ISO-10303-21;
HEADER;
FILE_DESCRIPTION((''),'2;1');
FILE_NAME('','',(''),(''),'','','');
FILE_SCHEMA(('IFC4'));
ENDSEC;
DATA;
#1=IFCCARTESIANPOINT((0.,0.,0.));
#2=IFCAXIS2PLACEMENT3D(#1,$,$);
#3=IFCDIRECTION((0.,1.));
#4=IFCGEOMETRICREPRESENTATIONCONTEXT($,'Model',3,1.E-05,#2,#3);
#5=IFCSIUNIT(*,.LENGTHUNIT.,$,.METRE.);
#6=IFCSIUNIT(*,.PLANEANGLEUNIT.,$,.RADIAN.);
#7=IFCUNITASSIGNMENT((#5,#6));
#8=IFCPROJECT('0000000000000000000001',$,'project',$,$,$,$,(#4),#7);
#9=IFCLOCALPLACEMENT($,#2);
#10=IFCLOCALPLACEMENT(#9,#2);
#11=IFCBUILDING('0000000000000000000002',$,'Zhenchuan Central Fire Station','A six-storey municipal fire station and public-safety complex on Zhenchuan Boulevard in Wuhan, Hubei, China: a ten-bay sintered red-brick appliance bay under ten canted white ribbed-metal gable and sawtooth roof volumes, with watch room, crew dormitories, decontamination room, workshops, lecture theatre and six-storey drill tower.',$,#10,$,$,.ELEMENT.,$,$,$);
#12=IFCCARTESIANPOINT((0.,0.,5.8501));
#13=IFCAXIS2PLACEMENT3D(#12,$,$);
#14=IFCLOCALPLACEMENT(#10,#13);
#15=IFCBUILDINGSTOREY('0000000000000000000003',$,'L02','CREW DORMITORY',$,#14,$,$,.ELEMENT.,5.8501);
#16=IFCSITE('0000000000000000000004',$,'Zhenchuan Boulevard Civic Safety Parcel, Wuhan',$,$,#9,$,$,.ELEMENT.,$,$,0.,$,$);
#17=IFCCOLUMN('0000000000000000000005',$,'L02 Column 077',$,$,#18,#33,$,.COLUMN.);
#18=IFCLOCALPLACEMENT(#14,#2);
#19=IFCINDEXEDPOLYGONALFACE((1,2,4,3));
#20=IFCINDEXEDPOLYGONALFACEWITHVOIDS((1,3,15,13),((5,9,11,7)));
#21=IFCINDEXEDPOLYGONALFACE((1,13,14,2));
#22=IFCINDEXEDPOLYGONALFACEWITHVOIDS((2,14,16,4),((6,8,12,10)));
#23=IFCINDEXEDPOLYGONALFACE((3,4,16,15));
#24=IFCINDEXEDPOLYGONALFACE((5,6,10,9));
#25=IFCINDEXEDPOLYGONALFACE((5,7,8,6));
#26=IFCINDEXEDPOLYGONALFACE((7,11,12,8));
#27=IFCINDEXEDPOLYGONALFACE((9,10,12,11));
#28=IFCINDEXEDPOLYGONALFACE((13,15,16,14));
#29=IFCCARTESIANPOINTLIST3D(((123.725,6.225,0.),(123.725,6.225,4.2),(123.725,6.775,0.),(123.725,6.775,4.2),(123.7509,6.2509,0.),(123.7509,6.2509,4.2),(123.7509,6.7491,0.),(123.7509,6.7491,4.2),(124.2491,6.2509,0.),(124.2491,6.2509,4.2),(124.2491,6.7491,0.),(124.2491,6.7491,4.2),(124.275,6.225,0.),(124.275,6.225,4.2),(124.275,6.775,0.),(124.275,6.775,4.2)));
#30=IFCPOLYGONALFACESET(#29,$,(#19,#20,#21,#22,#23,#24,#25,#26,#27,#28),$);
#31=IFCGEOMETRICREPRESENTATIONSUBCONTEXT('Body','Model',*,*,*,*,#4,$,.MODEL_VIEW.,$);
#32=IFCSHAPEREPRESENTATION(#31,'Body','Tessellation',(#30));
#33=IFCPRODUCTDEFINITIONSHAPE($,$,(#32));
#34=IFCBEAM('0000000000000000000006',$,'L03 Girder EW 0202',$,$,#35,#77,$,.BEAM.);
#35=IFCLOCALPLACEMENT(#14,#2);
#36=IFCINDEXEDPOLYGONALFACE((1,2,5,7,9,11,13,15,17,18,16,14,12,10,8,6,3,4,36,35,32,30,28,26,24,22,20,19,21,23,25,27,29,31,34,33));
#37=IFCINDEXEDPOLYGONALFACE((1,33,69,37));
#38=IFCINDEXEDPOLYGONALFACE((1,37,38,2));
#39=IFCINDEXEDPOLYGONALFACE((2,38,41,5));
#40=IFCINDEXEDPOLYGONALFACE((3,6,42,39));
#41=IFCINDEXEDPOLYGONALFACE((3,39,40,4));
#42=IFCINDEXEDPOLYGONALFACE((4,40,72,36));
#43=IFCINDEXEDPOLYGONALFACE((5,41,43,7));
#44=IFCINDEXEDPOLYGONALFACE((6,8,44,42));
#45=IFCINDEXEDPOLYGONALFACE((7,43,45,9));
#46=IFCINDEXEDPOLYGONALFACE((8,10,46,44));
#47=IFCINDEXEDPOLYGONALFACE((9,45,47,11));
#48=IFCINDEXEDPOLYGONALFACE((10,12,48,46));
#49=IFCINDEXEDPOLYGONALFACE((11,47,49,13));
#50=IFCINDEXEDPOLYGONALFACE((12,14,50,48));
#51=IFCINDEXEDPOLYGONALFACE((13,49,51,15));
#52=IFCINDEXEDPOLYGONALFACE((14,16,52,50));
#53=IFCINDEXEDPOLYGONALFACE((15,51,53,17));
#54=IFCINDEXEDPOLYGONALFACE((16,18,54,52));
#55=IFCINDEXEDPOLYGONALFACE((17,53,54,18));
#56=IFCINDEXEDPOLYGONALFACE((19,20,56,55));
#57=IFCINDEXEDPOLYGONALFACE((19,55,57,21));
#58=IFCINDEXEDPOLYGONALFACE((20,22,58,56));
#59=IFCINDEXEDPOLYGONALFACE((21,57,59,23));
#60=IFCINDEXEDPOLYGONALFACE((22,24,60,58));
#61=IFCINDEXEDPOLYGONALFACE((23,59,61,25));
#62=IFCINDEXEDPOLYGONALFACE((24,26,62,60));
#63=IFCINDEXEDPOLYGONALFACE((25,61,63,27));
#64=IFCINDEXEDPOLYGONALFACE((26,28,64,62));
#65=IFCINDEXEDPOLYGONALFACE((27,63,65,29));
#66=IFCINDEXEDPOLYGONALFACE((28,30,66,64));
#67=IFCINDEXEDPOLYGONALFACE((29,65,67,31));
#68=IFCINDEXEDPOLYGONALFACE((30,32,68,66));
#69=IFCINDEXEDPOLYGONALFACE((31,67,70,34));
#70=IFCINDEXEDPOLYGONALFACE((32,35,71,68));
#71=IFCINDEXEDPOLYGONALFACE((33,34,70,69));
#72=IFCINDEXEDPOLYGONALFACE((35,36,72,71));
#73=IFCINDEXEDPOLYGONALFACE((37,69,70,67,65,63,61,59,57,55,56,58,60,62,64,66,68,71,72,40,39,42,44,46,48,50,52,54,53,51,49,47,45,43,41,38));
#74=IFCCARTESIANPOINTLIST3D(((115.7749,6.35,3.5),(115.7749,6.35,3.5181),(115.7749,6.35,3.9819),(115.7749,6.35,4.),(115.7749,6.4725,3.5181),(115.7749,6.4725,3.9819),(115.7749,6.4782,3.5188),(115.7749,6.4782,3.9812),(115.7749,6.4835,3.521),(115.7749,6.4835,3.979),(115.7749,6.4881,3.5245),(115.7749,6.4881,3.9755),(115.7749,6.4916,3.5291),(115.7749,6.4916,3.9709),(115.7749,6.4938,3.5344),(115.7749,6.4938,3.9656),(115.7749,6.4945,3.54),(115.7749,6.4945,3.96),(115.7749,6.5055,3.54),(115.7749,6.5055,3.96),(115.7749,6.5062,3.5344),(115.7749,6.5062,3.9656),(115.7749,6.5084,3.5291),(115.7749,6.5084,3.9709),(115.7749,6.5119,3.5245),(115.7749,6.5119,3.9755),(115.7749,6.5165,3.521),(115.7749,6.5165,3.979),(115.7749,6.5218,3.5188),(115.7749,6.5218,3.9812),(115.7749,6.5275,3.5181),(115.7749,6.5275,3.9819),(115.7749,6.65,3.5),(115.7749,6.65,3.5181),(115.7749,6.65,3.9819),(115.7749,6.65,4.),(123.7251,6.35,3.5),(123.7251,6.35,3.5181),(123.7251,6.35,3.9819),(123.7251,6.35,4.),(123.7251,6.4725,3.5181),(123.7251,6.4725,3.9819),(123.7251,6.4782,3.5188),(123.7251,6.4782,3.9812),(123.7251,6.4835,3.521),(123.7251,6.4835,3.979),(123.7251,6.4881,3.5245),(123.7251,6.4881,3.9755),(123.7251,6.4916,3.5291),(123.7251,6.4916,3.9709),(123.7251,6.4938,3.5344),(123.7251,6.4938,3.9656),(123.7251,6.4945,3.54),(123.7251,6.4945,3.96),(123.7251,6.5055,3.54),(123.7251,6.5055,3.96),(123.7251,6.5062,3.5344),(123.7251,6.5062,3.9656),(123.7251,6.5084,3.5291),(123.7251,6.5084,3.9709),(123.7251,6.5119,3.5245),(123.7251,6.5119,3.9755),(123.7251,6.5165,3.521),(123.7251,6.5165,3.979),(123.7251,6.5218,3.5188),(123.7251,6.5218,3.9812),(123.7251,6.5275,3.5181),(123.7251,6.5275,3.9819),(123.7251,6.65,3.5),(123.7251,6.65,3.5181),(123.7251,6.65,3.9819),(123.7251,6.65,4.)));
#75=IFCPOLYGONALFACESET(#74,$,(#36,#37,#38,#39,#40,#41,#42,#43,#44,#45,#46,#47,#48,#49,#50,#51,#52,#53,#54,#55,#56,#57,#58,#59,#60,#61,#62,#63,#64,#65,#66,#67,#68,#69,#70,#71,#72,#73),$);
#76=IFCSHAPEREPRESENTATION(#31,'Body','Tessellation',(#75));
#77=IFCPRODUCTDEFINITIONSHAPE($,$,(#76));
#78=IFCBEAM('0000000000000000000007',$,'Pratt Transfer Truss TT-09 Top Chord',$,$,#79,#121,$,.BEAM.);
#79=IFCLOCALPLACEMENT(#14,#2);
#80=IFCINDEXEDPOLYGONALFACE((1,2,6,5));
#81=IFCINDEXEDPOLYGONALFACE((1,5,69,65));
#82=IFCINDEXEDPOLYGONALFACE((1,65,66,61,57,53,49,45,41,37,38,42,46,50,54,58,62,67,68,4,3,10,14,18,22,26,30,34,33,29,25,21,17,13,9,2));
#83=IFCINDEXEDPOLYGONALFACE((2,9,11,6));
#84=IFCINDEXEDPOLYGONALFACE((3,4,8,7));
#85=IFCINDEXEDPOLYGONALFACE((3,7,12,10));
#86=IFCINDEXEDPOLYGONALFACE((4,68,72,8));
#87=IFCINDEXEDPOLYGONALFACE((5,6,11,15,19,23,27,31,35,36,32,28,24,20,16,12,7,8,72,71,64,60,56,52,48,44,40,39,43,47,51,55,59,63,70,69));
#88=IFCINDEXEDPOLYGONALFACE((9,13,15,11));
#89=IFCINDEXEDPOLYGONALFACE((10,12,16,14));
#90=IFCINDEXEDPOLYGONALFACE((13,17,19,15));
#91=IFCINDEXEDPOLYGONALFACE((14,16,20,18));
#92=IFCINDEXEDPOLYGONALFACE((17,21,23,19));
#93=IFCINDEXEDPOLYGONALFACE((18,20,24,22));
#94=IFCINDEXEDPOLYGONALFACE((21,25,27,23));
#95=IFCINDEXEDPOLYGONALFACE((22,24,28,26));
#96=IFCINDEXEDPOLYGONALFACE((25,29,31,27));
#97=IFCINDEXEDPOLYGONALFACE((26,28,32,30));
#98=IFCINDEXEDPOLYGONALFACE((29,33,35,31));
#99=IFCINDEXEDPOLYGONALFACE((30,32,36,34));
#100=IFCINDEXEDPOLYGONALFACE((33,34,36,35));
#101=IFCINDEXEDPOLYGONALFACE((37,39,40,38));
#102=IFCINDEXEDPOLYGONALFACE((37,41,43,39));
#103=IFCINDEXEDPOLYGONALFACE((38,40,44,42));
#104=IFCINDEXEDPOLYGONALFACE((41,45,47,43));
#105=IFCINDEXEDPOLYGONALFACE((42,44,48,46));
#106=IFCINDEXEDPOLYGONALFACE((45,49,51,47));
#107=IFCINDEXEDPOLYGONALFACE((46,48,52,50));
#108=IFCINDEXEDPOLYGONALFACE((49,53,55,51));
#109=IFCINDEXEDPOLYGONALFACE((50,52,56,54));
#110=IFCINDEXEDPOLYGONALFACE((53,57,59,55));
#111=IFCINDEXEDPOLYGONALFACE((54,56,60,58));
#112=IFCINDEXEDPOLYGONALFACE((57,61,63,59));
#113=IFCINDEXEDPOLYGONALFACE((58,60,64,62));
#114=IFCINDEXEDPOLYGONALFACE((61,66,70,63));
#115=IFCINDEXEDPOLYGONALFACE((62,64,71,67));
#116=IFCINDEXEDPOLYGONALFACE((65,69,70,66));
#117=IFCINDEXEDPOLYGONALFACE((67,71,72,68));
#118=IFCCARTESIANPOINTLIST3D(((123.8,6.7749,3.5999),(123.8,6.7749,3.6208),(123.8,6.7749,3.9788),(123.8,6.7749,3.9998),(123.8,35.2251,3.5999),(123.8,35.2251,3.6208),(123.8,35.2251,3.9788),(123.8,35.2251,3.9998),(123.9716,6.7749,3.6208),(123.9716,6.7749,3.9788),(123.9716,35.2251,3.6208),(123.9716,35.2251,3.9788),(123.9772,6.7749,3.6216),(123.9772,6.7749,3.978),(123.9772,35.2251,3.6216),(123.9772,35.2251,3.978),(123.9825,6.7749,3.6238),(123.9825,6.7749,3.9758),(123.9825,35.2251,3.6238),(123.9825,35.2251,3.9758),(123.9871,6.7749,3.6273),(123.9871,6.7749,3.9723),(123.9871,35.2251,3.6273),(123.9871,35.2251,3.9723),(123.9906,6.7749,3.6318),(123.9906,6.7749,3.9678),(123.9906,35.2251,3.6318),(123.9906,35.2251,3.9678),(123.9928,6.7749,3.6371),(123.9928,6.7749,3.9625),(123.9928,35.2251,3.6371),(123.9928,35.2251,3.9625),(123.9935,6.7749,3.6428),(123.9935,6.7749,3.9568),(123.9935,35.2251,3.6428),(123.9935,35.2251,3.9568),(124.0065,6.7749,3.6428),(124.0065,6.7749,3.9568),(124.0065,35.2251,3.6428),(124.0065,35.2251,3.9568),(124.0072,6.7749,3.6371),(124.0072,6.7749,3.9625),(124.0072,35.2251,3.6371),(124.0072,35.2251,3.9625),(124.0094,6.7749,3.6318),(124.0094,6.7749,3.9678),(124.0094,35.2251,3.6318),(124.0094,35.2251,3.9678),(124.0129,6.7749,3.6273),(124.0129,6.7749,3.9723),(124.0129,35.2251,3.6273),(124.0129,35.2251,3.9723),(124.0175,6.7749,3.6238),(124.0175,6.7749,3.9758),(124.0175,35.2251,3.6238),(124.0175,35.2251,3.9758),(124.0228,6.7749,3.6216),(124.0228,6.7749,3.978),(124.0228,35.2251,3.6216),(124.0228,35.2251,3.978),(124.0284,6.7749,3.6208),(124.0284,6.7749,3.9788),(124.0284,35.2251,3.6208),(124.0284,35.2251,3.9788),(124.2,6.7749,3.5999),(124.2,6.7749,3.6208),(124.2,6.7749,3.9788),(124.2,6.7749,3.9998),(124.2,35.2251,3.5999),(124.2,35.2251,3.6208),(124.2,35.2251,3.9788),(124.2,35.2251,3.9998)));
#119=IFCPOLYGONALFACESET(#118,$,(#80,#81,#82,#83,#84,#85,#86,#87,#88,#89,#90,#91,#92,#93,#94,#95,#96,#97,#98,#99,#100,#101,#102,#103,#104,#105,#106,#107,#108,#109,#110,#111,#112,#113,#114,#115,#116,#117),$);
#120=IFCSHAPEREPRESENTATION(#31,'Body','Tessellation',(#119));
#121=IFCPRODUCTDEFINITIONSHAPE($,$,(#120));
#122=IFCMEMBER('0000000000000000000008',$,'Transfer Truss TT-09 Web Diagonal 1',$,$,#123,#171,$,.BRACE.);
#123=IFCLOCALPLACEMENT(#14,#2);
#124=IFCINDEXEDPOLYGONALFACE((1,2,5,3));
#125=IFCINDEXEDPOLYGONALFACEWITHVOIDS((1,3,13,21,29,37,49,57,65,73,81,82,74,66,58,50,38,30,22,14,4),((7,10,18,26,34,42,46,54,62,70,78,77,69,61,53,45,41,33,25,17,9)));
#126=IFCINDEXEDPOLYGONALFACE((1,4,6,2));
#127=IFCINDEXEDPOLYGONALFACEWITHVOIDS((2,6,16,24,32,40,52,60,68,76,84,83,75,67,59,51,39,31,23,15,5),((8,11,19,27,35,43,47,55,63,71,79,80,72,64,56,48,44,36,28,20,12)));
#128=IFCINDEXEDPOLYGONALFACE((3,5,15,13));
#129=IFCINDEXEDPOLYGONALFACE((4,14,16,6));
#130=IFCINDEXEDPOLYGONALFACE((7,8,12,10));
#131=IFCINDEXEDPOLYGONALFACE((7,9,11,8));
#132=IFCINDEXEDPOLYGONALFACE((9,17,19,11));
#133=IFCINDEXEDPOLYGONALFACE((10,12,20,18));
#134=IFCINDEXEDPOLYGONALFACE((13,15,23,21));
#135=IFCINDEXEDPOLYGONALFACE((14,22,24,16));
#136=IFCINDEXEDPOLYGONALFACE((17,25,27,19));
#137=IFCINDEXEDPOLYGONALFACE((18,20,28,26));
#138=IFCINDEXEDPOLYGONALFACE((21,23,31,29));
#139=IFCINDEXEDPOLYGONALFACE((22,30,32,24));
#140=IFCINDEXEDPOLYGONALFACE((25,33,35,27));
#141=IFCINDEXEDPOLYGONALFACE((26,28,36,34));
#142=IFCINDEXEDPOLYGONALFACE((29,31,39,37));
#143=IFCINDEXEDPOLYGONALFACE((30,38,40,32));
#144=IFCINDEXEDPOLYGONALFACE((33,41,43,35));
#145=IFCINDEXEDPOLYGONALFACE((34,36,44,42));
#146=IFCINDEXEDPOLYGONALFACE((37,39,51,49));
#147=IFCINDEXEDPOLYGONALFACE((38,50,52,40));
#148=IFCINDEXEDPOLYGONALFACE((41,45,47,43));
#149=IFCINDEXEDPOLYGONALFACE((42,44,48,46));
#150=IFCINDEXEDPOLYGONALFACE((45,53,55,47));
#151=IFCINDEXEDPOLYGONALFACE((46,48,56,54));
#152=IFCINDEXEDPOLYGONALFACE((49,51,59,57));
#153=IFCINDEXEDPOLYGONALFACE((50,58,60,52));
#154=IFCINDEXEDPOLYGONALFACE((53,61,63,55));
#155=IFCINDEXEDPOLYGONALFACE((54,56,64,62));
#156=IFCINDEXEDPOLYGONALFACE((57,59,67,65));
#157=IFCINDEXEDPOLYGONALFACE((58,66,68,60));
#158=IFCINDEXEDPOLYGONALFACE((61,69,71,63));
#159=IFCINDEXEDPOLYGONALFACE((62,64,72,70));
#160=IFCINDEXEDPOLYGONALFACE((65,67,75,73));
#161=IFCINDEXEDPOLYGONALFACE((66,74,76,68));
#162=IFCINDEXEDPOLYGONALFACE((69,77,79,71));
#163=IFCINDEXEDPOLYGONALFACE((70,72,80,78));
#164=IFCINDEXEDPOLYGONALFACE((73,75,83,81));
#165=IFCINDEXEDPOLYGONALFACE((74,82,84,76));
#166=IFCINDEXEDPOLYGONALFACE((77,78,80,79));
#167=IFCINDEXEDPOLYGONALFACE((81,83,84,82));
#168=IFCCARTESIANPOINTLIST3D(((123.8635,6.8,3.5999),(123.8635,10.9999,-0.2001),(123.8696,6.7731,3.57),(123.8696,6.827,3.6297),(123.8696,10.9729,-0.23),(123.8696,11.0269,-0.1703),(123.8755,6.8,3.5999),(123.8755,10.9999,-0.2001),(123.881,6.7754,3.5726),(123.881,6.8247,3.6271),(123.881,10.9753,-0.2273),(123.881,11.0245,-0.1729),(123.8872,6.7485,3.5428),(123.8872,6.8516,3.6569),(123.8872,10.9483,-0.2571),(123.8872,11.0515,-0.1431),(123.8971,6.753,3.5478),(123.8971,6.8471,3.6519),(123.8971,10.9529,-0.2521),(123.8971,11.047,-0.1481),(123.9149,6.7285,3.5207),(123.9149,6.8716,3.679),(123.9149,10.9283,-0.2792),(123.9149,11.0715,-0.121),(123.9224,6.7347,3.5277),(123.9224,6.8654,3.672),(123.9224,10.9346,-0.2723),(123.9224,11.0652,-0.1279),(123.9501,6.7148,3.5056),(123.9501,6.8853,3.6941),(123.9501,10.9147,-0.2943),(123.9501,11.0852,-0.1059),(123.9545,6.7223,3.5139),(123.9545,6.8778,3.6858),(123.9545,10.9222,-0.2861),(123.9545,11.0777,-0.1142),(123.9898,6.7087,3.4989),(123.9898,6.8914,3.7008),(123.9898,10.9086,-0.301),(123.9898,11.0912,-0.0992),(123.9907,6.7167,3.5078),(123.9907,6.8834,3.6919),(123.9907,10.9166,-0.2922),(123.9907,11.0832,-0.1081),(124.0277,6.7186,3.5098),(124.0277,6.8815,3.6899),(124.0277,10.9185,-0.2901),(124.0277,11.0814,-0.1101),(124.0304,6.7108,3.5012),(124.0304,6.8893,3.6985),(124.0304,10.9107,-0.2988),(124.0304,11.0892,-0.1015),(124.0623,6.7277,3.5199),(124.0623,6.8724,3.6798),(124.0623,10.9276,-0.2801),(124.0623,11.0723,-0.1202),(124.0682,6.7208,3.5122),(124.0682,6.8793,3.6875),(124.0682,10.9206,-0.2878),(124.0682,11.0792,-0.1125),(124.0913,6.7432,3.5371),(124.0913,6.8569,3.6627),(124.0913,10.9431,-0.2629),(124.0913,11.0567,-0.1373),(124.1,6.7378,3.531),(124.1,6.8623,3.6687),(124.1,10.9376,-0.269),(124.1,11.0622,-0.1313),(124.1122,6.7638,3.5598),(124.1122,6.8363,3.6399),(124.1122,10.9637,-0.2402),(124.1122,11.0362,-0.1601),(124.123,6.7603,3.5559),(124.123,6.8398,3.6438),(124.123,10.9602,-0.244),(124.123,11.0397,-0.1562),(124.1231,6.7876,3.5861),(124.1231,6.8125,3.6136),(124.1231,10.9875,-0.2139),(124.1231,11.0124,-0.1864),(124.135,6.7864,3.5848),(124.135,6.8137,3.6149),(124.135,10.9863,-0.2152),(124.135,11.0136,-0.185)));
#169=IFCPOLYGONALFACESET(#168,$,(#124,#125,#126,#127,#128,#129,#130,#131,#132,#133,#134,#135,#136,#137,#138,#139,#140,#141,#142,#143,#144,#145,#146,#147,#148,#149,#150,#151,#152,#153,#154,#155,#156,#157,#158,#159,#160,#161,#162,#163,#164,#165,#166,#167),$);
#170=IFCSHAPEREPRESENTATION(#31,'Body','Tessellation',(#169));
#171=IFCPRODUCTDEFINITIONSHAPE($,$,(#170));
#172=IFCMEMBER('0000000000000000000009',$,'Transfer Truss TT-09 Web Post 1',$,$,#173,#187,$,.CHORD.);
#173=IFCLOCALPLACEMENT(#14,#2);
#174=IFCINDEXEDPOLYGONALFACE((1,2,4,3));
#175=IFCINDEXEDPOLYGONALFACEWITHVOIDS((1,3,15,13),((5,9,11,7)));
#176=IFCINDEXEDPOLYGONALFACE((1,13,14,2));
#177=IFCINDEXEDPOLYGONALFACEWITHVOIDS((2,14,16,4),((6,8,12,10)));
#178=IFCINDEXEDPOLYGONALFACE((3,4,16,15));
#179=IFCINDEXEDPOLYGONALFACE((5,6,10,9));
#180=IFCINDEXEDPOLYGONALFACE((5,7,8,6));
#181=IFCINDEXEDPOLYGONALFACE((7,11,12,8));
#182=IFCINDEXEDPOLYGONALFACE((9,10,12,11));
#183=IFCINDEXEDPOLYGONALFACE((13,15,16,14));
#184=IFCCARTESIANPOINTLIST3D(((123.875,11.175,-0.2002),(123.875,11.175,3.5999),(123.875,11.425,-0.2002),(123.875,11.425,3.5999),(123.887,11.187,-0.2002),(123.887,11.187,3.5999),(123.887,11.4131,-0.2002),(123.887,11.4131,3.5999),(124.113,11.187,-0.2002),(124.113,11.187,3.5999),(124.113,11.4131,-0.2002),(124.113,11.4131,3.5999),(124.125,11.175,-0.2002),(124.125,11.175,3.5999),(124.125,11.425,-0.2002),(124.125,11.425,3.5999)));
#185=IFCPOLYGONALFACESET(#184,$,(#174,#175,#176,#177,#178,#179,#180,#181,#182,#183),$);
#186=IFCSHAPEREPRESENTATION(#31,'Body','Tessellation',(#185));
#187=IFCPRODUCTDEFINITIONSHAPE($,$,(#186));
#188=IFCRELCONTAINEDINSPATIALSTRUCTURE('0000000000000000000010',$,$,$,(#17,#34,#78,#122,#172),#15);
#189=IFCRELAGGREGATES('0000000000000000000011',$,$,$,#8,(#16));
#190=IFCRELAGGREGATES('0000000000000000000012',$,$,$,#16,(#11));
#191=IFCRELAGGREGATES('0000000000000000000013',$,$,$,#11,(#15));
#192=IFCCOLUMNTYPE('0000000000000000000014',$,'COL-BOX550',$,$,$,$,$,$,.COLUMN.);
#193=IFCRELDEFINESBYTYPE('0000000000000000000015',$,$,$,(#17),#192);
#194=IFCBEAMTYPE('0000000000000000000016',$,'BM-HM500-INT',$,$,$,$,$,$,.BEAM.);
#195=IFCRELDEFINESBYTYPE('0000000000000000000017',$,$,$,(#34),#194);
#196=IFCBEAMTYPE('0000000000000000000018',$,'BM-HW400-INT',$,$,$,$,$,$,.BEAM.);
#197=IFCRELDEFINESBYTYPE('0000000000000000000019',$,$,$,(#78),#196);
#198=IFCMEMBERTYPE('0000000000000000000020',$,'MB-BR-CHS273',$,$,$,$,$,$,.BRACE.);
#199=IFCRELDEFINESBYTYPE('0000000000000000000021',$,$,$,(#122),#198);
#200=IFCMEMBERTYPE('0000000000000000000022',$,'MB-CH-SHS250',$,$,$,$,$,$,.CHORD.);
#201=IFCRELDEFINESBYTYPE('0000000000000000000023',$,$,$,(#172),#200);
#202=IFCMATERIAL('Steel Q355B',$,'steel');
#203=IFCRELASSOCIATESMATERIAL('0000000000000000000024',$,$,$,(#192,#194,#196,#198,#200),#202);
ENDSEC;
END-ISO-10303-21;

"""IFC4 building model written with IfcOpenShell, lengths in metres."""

from ifc_helpers import new_model, si_unit, direction, frame, origin, origin_2d, place, context, subcontext, project, spatial, hollow_rectangle, hollow_circle, i_section, extrude, material, material_profile, profile_set, type_object, element, save


model = new_model("IFC4")

# Units and contexts
model_context = context("Model", 3, precision=1e-05, world=origin(), true_north=direction((0.0, 1.0)))
body_context = subcontext(model_context, "Body", "Model", "MODEL_VIEW")
ifc_project = project(units=[si_unit("LENGTHUNIT", "METRE"), si_unit("PLANEANGLEUNIT", "RADIAN")], contexts=[model_context])

# Site, building, storey
site_placement = place(None, origin())
site = spatial("IfcSite", under=ifc_project, at=site_placement, Name="Zhenchuan Boulevard Civic Safety Parcel, Wuhan", CompositionType="ELEMENT", RefElevation=0.0)
building_placement = place(site_placement, origin())
building = spatial("IfcBuilding", under=site, at=building_placement, Name="Zhenchuan Central Fire Station", Description="A six-storey municipal fire station and public-safety complex on Zhenchuan Boulevard in Wuhan, Hubei, China: a ten-bay sintered red-brick appliance bay under ten canted white ribbed-metal gable and sawtooth roof volumes, with watch room, crew dormitories, decontamination room, workshops, lecture theatre and six-storey drill tower.", CompositionType="ELEMENT")
storey_placement = place(building_placement, frame((0.0, 0.0, 5.8501)))
storey = spatial("IfcBuildingStorey", under=building, at=storey_placement, Name="L02", Description="CREW DORMITORY", CompositionType="ELEMENT", Elevation=5.8501)

# Column
ifc_material_1 = material(Name="Steel Q355B", Category="steel")
ifc_material_profile_1 = material_profile(ifc_material_1, hollow_rectangle(XDim=0.55, YDim=0.55, WallThickness=0.0259, at=origin_2d()), Name="BOX 550x550x26")
ifc_profile_set_1 = profile_set([ifc_material_profile_1], Name="Steel Q355B")
column_type = type_object("IfcColumnType", Name="COL-BOX550", PredefinedType="COLUMN", material=ifc_profile_set_1)
column_placement = place(storey_placement, frame((124.0, 6.5, 0.0), z_axis=(0.0, 0.0, 1.0), x_axis=(1.0, 0.0, 0.0)))
element("IfcColumn", 1, at=column_placement, inside=storey, type_object=column_type, Name="L02 Column 077", PredefinedType="COLUMN", context=body_context, shape_type="SweptSolid", body=[
    extrude(hollow_rectangle(XDim=0.55, YDim=0.55, WallThickness=0.0259, at=origin_2d()), origin(), (0.0, 0.0, 1.0), 4.2),
])

# Beams
ifc_material_profile_2 = material_profile(ifc_material_1, i_section(OverallWidth=0.3, OverallDepth=0.5, WebThickness=0.011, FlangeThickness=0.0181, FilletRadius=0.022, at=origin_2d()), Name="HM 500x300")
ifc_profile_set_2 = profile_set([ifc_material_profile_2], Name="Steel Q355B")
beam_type_1 = type_object("IfcBeamType", Name="BM-HM500-INT", PredefinedType="BEAM", material=ifc_profile_set_2)
beam_1_placement = place(storey_placement, frame((115.7749, 6.5, 3.75), z_axis=(1.0, 0.0, 0.0), x_axis=(0.0, 1.0, 0.0)))
element("IfcBeam", 2, at=beam_1_placement, inside=storey, type_object=beam_type_1, Name="L03 Girder EW 0202", PredefinedType="BEAM", context=body_context, shape_type="SweptSolid", body=[
    extrude(i_section(OverallWidth=0.3, OverallDepth=0.5, WebThickness=0.011, FlangeThickness=0.0181, FilletRadius=0.022, at=origin_2d()), origin(), (0.0, 0.0, 1.0), 7.9502),
])
ifc_material_profile_3 = material_profile(ifc_material_1, i_section(OverallWidth=0.3999, OverallDepth=0.3999, WebThickness=0.0129, FlangeThickness=0.021, FilletRadius=0.022, at=origin_2d()), Name="HW 400x400")
ifc_profile_set_3 = profile_set([ifc_material_profile_3], Name="Steel Q355B")
beam_type_2 = type_object("IfcBeamType", Name="BM-HW400-INT", PredefinedType="BEAM", material=ifc_profile_set_3)
beam_2_placement = place(storey_placement, frame((124.0, 6.7749, 3.7998), z_axis=(0.0, 1.0, 0.0), x_axis=(-1.0, 0.0, 0.0)))
element("IfcBeam", 3, at=beam_2_placement, inside=storey, type_object=beam_type_2, Name="Pratt Transfer Truss TT-09 Top Chord", PredefinedType="BEAM", context=body_context, shape_type="SweptSolid", body=[
    extrude(i_section(OverallWidth=0.3999, OverallDepth=0.3999, WebThickness=0.0129, FlangeThickness=0.021, FilletRadius=0.022, at=origin_2d()), origin(), (0.0, 0.0, 1.0), 28.4502),
])

# Members
ifc_material_profile_4 = material_profile(ifc_material_1, hollow_circle(Radius=0.1365, WallThickness=0.012, at=origin_2d()), Name="CHS 273x12")
ifc_profile_set_4 = profile_set([ifc_material_profile_4], Name="Steel Q355B")
member_type_1 = type_object("IfcMemberType", Name="MB-BR-CHS273", PredefinedType="BRACE", material=ifc_profile_set_4)
member_1_placement = place(storey_placement, frame((124.0, 6.8, 3.5999), z_axis=(0.0, 0.741528, -0.670922), x_axis=(-1.0, 0.0, 0.0)))
element("IfcMember", 4, at=member_1_placement, inside=storey, type_object=member_type_1, Name="Transfer Truss TT-09 Web Diagonal 1", PredefinedType="BRACE", context=body_context, shape_type="SweptSolid", body=[
    extrude(hollow_circle(Radius=0.1365, WallThickness=0.012, at=origin_2d()), origin(), (0.0, 0.0, 1.0), 5.6638),
])
ifc_material_profile_5 = material_profile(ifc_material_1, hollow_rectangle(XDim=0.25, YDim=0.25, WallThickness=0.012, at=origin_2d()), Name="SHS 250x250x12")
ifc_profile_set_5 = profile_set([ifc_material_profile_5], Name="Steel Q355B")
member_type_2 = type_object("IfcMemberType", Name="MB-CH-SHS250", PredefinedType="CHORD", material=ifc_profile_set_5)
member_2_placement = place(storey_placement, frame((124.0, 11.3, -0.2002), z_axis=(0.0, 0.0, 1.0), x_axis=(1.0, 0.0, 0.0)))
element("IfcMember", 5, at=member_2_placement, inside=storey, type_object=member_type_2, Name="Transfer Truss TT-09 Web Post 1", PredefinedType="CHORD", context=body_context, shape_type="SweptSolid", body=[
    extrude(hollow_rectangle(XDim=0.25, YDim=0.25, WallThickness=0.012, at=origin_2d()), origin(), (0.0, 0.0, 1.0), 3.8),
])

save(model, "model.ifc")
